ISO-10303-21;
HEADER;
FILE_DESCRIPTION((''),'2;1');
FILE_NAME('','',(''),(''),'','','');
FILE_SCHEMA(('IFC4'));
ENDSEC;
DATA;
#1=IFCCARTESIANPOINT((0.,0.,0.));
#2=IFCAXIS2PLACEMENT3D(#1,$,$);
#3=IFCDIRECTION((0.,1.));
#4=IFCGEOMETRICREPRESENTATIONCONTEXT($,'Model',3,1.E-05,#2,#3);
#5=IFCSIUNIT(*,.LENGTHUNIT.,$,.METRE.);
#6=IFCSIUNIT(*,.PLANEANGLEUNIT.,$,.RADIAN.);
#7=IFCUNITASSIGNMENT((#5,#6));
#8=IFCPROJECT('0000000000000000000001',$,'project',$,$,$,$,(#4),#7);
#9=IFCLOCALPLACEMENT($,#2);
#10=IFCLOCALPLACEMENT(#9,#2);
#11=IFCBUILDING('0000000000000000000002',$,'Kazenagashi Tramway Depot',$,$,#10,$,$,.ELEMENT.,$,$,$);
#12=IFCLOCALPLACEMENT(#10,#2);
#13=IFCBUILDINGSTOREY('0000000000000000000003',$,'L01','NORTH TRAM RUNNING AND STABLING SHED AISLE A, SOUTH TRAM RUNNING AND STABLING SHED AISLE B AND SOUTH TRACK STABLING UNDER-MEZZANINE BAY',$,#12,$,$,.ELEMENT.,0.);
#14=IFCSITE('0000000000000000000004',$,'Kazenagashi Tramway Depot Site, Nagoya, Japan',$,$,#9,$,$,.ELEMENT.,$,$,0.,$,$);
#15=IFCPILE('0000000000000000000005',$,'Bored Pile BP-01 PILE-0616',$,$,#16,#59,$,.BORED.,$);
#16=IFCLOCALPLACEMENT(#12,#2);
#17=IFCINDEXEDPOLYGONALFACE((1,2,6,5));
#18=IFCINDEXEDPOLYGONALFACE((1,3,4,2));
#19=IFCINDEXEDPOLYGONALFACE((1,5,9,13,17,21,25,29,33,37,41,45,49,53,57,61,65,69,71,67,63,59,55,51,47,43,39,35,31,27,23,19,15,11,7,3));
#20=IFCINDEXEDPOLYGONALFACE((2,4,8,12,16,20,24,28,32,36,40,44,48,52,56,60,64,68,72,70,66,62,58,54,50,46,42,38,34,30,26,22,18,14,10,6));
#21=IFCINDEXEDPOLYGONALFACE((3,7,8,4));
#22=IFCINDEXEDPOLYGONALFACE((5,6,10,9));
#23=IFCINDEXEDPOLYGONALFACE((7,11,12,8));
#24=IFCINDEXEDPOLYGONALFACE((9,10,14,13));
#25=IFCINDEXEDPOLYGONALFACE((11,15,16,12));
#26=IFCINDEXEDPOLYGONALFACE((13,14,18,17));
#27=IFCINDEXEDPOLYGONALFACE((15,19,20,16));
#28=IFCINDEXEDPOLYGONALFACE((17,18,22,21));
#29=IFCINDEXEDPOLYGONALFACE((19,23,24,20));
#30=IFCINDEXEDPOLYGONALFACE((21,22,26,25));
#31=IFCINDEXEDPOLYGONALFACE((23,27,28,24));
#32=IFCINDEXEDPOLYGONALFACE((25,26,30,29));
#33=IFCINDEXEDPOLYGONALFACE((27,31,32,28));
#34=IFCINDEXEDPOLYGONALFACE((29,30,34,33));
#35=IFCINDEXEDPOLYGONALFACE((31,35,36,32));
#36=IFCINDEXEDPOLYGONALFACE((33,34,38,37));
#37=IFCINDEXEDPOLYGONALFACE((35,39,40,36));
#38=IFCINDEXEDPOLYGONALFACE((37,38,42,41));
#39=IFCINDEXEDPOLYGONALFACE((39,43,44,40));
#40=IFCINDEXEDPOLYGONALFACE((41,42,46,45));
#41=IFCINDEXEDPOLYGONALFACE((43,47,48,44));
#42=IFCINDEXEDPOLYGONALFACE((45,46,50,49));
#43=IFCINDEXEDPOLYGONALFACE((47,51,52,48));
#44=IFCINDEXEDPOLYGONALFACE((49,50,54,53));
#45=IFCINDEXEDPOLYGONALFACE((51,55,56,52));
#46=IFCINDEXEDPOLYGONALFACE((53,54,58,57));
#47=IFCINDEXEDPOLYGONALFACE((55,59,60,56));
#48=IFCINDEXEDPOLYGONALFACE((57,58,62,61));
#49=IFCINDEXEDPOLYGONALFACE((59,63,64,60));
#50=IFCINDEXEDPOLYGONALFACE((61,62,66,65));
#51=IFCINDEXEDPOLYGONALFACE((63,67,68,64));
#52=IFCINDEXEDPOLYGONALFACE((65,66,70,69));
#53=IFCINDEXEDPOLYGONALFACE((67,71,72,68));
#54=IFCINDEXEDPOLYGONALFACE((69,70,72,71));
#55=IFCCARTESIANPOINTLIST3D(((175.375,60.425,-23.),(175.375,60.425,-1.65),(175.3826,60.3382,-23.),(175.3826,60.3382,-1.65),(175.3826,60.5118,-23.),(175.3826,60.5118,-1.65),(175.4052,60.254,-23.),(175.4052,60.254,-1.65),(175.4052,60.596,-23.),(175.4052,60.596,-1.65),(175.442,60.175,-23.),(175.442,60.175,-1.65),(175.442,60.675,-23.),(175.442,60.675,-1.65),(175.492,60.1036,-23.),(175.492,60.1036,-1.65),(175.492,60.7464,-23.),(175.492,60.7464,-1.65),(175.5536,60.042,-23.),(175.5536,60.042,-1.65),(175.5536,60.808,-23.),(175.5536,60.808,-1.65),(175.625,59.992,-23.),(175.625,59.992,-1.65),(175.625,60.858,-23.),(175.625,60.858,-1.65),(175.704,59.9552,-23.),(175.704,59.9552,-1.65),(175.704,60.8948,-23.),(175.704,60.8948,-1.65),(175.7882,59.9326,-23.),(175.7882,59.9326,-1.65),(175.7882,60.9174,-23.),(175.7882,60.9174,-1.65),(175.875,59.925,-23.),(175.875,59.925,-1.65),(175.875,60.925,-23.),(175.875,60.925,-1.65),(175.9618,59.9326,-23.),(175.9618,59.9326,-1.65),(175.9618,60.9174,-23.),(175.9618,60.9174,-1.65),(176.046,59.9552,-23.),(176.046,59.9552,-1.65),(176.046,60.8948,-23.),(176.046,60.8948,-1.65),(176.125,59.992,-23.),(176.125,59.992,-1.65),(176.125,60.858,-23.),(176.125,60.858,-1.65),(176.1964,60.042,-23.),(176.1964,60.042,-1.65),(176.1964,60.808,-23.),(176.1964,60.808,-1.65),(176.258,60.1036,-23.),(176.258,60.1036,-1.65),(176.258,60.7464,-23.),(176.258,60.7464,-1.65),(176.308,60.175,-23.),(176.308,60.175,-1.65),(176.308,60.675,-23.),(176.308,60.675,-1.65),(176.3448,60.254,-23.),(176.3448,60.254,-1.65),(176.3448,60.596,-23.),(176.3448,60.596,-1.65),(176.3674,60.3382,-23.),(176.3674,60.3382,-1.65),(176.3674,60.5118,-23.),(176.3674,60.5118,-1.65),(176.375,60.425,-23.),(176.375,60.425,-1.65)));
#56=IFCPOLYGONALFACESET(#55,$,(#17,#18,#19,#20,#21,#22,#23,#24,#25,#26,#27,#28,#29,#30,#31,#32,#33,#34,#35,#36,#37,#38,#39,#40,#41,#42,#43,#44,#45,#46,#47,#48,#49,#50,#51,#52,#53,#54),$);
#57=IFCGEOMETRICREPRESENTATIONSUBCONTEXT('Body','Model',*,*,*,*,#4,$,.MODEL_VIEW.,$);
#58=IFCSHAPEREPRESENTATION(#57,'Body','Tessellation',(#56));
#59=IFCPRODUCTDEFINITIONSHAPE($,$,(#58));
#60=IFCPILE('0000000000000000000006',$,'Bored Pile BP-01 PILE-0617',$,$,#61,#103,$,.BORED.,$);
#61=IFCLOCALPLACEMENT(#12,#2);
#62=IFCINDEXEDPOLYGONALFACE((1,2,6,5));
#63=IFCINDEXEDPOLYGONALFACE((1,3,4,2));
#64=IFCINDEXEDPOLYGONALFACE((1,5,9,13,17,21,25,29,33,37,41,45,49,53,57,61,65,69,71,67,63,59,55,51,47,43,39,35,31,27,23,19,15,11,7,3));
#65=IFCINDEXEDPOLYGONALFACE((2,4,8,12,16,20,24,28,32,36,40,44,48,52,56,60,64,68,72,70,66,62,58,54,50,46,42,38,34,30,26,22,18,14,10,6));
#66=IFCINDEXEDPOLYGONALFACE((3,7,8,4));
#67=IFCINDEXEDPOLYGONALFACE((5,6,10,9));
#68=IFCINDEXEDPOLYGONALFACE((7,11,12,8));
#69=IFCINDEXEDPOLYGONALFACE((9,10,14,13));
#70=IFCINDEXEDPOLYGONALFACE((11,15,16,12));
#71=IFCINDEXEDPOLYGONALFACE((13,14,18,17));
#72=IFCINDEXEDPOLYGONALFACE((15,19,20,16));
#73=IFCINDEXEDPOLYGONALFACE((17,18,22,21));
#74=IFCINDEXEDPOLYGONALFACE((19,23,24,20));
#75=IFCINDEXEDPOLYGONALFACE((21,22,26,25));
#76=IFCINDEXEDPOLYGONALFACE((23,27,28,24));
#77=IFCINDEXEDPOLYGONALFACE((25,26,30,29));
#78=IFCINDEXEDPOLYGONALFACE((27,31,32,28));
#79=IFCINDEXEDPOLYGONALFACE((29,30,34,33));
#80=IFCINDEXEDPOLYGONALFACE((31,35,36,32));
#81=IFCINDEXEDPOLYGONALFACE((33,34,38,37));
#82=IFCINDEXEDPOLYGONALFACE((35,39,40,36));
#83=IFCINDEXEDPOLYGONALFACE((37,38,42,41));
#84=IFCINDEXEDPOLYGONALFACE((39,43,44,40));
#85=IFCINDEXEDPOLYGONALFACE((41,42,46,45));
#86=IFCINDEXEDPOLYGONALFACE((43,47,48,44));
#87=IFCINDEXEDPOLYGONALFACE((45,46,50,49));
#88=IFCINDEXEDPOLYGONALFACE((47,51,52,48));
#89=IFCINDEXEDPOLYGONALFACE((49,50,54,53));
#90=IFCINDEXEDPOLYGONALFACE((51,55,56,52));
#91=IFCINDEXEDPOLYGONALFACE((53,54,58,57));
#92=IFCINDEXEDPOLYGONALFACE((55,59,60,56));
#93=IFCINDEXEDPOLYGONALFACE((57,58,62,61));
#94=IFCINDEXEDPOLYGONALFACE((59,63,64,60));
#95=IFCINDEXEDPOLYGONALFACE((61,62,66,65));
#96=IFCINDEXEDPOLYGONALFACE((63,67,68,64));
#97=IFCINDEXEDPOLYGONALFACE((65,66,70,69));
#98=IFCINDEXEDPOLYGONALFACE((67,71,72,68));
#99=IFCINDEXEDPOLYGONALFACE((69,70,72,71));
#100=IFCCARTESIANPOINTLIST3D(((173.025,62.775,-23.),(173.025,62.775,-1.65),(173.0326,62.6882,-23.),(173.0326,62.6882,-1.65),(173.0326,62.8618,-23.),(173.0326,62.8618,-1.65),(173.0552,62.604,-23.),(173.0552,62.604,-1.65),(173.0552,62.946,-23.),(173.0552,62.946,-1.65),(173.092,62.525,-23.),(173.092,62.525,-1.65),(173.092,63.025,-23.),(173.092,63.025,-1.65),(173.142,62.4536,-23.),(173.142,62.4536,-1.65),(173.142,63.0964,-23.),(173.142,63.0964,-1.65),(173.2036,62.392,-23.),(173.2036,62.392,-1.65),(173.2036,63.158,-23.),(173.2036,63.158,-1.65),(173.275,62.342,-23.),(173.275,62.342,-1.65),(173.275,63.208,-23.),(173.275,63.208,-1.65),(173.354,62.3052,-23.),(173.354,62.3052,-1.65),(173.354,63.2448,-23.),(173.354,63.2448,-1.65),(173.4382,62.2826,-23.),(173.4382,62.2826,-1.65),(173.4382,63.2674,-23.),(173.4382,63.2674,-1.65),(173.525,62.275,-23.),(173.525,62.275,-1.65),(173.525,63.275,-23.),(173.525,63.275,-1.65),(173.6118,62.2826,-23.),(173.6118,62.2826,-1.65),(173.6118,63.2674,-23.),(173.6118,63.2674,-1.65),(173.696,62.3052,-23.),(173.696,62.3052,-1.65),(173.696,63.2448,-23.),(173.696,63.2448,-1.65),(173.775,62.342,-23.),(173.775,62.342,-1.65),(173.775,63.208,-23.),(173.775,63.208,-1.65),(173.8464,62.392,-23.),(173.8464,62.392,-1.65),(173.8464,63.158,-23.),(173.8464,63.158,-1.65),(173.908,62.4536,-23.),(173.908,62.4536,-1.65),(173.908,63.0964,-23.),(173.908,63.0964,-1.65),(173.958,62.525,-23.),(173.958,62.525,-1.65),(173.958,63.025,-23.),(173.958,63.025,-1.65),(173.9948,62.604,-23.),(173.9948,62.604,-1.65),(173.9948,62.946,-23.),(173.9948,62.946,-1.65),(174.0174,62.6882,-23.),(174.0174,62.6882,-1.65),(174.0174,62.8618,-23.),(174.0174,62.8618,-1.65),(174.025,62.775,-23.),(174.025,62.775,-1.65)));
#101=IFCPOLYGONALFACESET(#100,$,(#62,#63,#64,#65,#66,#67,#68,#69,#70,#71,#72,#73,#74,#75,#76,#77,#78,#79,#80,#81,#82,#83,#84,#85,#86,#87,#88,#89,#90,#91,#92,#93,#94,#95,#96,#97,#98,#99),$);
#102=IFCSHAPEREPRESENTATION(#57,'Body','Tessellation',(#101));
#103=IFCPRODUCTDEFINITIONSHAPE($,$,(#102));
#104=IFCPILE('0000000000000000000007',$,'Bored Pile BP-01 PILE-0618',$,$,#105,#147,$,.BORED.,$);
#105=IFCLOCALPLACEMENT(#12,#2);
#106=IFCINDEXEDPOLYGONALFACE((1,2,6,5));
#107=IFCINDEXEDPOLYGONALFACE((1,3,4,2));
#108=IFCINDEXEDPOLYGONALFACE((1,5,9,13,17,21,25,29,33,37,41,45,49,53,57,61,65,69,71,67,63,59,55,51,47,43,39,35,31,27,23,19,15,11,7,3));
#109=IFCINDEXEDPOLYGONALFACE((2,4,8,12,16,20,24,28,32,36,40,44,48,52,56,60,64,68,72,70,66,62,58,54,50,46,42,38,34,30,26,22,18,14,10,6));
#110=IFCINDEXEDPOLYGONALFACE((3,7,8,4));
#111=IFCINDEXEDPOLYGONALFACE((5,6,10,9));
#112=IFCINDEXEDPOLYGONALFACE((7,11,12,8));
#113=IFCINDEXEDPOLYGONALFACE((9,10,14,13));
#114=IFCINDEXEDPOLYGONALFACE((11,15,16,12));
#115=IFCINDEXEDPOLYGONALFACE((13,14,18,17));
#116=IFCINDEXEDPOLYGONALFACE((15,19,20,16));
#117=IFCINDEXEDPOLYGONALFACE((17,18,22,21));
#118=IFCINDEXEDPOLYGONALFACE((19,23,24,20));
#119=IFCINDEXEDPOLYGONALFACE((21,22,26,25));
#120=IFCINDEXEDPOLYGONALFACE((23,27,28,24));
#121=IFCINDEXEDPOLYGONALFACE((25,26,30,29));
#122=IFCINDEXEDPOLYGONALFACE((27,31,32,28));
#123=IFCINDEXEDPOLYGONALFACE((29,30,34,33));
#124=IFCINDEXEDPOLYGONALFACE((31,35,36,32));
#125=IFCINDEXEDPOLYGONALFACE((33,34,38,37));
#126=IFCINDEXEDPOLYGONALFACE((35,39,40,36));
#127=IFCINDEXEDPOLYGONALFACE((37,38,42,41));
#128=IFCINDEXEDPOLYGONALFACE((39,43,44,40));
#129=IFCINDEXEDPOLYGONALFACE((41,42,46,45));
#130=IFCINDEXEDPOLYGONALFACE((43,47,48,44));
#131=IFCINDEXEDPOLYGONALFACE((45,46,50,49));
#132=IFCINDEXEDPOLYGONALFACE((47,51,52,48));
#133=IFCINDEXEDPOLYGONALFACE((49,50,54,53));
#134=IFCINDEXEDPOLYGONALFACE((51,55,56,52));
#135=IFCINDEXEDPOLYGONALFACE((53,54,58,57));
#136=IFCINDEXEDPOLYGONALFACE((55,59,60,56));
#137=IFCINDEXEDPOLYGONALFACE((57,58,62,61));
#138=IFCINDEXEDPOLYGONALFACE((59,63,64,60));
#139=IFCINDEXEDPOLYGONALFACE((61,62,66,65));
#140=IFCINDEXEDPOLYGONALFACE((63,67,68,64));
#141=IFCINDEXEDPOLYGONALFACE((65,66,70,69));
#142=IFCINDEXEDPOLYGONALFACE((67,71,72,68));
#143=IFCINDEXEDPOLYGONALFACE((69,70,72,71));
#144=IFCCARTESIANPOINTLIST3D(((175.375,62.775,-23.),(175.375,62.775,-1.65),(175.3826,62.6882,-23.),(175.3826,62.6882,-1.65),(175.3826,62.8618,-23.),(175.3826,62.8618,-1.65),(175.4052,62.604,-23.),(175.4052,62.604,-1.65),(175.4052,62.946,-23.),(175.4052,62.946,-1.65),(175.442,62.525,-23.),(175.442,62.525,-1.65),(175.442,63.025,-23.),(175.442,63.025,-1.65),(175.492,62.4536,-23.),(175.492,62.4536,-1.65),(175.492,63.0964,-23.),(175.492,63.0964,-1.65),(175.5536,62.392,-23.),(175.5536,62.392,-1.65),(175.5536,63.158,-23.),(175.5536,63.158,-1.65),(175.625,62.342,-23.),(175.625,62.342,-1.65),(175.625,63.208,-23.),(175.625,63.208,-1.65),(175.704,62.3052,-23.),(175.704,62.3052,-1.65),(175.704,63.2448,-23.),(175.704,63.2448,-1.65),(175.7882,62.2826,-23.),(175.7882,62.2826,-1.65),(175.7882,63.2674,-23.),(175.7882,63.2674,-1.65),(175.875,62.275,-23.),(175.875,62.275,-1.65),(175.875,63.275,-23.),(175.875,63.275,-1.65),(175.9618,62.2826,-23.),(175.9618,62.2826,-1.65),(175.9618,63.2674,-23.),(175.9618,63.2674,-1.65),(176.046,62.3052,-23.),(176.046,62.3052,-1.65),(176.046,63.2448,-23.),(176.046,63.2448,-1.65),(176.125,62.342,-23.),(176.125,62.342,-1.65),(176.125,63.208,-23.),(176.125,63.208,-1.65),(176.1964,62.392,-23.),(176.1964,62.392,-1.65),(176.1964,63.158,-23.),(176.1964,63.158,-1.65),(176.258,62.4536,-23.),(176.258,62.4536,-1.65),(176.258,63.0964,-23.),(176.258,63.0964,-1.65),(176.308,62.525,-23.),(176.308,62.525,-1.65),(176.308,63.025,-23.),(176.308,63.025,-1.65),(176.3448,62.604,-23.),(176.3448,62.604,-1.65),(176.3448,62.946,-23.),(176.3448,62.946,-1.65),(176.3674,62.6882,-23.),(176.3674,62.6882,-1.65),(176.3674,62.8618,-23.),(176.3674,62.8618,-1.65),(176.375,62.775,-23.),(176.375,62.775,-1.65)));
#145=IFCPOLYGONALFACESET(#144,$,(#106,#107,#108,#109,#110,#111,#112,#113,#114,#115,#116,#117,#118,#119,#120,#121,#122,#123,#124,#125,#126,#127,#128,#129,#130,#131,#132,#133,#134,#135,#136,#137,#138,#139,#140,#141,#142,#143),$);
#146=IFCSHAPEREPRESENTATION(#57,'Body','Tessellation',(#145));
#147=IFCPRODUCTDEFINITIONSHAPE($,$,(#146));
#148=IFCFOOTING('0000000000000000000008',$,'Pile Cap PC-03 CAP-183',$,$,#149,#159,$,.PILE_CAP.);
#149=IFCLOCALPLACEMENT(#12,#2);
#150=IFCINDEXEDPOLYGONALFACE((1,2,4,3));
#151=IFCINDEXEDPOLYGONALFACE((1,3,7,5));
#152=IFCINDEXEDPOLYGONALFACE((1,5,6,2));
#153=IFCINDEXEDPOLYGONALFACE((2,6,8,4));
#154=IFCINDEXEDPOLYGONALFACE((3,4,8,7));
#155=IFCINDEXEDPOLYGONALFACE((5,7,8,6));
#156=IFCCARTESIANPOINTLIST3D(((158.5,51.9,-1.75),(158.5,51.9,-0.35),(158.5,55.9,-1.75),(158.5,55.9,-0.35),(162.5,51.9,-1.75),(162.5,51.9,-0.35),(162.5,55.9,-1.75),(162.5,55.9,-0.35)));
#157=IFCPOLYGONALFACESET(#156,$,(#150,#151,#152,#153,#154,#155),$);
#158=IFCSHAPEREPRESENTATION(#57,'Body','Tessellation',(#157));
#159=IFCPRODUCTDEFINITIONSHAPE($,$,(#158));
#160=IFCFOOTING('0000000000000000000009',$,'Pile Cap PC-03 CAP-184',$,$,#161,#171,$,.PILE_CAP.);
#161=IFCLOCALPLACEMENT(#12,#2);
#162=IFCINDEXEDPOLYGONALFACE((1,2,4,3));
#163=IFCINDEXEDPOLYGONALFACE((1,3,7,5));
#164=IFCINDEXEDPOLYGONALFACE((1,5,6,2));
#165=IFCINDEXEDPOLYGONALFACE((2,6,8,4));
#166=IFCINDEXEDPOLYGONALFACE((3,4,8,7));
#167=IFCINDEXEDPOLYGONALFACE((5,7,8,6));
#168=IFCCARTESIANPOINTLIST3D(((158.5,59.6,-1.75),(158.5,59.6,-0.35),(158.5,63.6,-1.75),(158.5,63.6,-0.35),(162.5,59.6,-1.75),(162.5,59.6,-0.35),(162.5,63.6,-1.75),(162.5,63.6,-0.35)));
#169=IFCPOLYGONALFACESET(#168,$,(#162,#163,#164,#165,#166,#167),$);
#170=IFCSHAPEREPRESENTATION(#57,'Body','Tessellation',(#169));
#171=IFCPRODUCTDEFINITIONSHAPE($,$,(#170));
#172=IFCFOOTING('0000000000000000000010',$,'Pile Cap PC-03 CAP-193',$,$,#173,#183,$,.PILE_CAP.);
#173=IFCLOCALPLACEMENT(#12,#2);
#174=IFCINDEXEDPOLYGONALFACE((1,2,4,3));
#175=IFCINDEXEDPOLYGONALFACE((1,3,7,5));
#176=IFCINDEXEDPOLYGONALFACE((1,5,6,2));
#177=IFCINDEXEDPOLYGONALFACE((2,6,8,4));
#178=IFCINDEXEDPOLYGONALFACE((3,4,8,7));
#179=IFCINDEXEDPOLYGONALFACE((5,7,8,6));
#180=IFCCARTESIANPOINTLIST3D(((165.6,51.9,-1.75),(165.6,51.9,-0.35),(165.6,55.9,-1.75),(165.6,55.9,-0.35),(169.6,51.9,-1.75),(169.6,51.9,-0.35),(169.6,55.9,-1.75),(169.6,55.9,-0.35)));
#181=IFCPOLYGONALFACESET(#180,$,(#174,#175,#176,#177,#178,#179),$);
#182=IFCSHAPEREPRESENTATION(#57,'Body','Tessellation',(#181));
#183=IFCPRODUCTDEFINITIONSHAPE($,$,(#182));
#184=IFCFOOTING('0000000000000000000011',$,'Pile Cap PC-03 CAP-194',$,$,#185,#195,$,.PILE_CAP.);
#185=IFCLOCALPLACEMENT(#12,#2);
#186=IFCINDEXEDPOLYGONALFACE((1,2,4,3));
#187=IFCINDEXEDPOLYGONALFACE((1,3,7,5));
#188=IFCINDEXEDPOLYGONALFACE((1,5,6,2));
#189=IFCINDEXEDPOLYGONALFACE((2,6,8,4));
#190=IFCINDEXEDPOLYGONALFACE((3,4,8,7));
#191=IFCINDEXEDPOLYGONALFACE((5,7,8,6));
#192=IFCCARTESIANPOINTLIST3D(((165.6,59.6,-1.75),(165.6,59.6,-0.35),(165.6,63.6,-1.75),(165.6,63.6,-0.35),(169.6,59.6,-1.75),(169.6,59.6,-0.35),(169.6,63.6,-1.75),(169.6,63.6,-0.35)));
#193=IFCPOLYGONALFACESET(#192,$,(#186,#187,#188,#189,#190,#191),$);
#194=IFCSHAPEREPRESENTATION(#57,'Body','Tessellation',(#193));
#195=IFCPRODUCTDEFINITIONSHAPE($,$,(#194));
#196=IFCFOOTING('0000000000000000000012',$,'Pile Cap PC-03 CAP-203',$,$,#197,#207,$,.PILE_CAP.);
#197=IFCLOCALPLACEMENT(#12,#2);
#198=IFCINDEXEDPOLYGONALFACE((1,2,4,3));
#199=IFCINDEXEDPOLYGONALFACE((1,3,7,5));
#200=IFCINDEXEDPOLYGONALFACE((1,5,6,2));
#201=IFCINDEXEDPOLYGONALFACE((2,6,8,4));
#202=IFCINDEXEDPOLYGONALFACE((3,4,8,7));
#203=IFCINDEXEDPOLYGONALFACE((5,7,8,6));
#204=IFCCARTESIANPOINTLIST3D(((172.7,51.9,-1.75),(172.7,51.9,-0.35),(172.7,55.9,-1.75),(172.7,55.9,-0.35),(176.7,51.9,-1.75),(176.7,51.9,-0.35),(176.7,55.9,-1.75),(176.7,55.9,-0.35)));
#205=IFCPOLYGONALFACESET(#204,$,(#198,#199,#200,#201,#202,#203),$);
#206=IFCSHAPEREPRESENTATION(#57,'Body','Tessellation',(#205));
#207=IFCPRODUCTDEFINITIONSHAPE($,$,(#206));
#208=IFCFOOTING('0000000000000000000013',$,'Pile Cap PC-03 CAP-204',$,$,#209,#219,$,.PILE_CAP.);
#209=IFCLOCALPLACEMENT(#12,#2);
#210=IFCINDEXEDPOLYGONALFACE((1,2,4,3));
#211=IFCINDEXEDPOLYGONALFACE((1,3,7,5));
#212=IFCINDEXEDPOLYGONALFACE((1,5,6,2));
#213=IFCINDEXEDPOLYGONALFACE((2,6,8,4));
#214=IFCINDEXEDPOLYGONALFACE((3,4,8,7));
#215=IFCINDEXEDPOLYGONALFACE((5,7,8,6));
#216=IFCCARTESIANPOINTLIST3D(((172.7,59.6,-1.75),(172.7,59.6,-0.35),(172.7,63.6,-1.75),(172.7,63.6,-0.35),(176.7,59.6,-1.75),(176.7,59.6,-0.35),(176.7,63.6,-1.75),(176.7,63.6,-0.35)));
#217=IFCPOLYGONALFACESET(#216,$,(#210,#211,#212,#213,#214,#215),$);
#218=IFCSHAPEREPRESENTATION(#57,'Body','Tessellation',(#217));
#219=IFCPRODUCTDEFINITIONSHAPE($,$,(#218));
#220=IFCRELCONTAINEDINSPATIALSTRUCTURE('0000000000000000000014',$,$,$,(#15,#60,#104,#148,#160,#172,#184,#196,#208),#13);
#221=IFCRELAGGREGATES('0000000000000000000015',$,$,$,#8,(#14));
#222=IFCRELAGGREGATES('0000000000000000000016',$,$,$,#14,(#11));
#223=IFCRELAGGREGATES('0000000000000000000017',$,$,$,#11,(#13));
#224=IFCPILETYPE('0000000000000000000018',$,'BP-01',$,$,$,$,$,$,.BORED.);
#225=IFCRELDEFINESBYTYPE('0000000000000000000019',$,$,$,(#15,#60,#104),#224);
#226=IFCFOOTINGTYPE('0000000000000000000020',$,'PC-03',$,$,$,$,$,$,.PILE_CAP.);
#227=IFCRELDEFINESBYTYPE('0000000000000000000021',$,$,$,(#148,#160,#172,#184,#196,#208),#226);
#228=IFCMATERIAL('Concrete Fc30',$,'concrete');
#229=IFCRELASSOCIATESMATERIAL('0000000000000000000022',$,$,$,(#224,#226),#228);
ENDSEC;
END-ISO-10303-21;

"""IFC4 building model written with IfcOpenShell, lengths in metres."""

from ifc_helpers import new_model, si_unit, direction, frame, origin, origin_2d, place, context, subcontext, project, spatial, rectangle, circle, extrude, material, material_profile, profile_set, type_object, element, save


model = new_model("IFC4")

# Units and contexts
model_context = context("Model", 3, precision=1e-05, world=origin(), true_north=direction((0.0, 1.0)))
body_context = subcontext(model_context, "Body", "Model", "MODEL_VIEW")
ifc_project = project(units=[si_unit("LENGTHUNIT", "METRE"), si_unit("PLANEANGLEUNIT", "RADIAN")], contexts=[model_context])

# Site, building, storey
site_placement = place(None, origin())
site = spatial("IfcSite", under=ifc_project, at=site_placement, Name="Kazenagashi Tramway Depot Site, Nagoya, Japan", CompositionType="ELEMENT", RefElevation=0.0)
building_placement = place(site_placement, origin())
building = spatial("IfcBuilding", under=site, at=building_placement, Name="Kazenagashi Tramway Depot", CompositionType="ELEMENT")
storey_placement = place(building_placement, origin())
storey = spatial("IfcBuildingStorey", under=building, at=storey_placement, Name="L01", Description="NORTH TRAM RUNNING AND STABLING SHED AISLE A, SOUTH TRAM RUNNING AND STABLING SHED AISLE B AND SOUTH TRACK STABLING UNDER-MEZZANINE BAY", CompositionType="ELEMENT", Elevation=0.0)

# Piles
ifc_material_1 = material(Name="Concrete Fc30", Category="concrete")
ifc_material_profile_1 = material_profile(ifc_material_1, circle(Radius=0.5, at=origin_2d()), Name="PILE-1000")
ifc_profile_set_1 = profile_set([ifc_material_profile_1], Name="Concrete Fc30")
pile_type = type_object("IfcPileType", Name="BP-01", PredefinedType="BORED", material=ifc_profile_set_1)
for number, where, z_axis, x_axis, name in (
    (1, (175.875, 60.425, -1.65), (0.0, 0.0, -1.0), (1.0, 0.0, 0.0), "Bored Pile BP-01 PILE-0616"),
    (2, (173.525, 62.775, -1.65), (0.0, 0.0, -1.0), (1.0, 0.0, 0.0), "Bored Pile BP-01 PILE-0617"),
    (3, (175.875, 62.775, -1.65), (0.0, 0.0, -1.0), (1.0, 0.0, 0.0), "Bored Pile BP-01 PILE-0618"),
):
    element("IfcPile", number, at=place(storey_placement, frame(where, z_axis=z_axis, x_axis=x_axis)), inside=storey, type_object=pile_type, Name=name, PredefinedType="BORED", context=body_context, shape_type="SweptSolid", body=[
        extrude(circle(Radius=0.5, at=origin_2d()), origin(), (0.0, 0.0, 1.0), 21.35),
    ])

# Footings
footing_type = type_object("IfcFootingType", Name="PC-03", PredefinedType="PILE_CAP", material=ifc_material_1)
for number, where, z_axis, x_axis, name in (
    (4, (160.5, 53.9, -1.75), (0.0, 0.0, 1.0), (1.0, 0.0, 0.0), "Pile Cap PC-03 CAP-183"),
    (5, (160.5, 61.6, -1.75), (0.0, 0.0, 1.0), (1.0, 0.0, 0.0), "Pile Cap PC-03 CAP-184"),
    (6, (167.6, 53.9, -1.75), (0.0, 0.0, 1.0), (1.0, 0.0, 0.0), "Pile Cap PC-03 CAP-193"),
    (7, (167.6, 61.6, -1.75), (0.0, 0.0, 1.0), (1.0, 0.0, 0.0), "Pile Cap PC-03 CAP-194"),
    (8, (174.7, 53.9, -1.75), (0.0, 0.0, 1.0), (1.0, 0.0, 0.0), "Pile Cap PC-03 CAP-203"),
    (9, (174.7, 61.6, -1.75), (0.0, 0.0, 1.0), (1.0, 0.0, 0.0), "Pile Cap PC-03 CAP-204"),
):
    element("IfcFooting", number, at=place(storey_placement, frame(where, z_axis=z_axis, x_axis=x_axis)), inside=storey, type_object=footing_type, Name=name, PredefinedType="PILE_CAP", context=body_context, shape_type="SweptSolid", body=[
        extrude(rectangle(XDim=4.0, YDim=4.0, at=origin_2d()), origin(), (0.0, 0.0, 1.0), 1.4),
    ])

save(model, "model.ifc")
